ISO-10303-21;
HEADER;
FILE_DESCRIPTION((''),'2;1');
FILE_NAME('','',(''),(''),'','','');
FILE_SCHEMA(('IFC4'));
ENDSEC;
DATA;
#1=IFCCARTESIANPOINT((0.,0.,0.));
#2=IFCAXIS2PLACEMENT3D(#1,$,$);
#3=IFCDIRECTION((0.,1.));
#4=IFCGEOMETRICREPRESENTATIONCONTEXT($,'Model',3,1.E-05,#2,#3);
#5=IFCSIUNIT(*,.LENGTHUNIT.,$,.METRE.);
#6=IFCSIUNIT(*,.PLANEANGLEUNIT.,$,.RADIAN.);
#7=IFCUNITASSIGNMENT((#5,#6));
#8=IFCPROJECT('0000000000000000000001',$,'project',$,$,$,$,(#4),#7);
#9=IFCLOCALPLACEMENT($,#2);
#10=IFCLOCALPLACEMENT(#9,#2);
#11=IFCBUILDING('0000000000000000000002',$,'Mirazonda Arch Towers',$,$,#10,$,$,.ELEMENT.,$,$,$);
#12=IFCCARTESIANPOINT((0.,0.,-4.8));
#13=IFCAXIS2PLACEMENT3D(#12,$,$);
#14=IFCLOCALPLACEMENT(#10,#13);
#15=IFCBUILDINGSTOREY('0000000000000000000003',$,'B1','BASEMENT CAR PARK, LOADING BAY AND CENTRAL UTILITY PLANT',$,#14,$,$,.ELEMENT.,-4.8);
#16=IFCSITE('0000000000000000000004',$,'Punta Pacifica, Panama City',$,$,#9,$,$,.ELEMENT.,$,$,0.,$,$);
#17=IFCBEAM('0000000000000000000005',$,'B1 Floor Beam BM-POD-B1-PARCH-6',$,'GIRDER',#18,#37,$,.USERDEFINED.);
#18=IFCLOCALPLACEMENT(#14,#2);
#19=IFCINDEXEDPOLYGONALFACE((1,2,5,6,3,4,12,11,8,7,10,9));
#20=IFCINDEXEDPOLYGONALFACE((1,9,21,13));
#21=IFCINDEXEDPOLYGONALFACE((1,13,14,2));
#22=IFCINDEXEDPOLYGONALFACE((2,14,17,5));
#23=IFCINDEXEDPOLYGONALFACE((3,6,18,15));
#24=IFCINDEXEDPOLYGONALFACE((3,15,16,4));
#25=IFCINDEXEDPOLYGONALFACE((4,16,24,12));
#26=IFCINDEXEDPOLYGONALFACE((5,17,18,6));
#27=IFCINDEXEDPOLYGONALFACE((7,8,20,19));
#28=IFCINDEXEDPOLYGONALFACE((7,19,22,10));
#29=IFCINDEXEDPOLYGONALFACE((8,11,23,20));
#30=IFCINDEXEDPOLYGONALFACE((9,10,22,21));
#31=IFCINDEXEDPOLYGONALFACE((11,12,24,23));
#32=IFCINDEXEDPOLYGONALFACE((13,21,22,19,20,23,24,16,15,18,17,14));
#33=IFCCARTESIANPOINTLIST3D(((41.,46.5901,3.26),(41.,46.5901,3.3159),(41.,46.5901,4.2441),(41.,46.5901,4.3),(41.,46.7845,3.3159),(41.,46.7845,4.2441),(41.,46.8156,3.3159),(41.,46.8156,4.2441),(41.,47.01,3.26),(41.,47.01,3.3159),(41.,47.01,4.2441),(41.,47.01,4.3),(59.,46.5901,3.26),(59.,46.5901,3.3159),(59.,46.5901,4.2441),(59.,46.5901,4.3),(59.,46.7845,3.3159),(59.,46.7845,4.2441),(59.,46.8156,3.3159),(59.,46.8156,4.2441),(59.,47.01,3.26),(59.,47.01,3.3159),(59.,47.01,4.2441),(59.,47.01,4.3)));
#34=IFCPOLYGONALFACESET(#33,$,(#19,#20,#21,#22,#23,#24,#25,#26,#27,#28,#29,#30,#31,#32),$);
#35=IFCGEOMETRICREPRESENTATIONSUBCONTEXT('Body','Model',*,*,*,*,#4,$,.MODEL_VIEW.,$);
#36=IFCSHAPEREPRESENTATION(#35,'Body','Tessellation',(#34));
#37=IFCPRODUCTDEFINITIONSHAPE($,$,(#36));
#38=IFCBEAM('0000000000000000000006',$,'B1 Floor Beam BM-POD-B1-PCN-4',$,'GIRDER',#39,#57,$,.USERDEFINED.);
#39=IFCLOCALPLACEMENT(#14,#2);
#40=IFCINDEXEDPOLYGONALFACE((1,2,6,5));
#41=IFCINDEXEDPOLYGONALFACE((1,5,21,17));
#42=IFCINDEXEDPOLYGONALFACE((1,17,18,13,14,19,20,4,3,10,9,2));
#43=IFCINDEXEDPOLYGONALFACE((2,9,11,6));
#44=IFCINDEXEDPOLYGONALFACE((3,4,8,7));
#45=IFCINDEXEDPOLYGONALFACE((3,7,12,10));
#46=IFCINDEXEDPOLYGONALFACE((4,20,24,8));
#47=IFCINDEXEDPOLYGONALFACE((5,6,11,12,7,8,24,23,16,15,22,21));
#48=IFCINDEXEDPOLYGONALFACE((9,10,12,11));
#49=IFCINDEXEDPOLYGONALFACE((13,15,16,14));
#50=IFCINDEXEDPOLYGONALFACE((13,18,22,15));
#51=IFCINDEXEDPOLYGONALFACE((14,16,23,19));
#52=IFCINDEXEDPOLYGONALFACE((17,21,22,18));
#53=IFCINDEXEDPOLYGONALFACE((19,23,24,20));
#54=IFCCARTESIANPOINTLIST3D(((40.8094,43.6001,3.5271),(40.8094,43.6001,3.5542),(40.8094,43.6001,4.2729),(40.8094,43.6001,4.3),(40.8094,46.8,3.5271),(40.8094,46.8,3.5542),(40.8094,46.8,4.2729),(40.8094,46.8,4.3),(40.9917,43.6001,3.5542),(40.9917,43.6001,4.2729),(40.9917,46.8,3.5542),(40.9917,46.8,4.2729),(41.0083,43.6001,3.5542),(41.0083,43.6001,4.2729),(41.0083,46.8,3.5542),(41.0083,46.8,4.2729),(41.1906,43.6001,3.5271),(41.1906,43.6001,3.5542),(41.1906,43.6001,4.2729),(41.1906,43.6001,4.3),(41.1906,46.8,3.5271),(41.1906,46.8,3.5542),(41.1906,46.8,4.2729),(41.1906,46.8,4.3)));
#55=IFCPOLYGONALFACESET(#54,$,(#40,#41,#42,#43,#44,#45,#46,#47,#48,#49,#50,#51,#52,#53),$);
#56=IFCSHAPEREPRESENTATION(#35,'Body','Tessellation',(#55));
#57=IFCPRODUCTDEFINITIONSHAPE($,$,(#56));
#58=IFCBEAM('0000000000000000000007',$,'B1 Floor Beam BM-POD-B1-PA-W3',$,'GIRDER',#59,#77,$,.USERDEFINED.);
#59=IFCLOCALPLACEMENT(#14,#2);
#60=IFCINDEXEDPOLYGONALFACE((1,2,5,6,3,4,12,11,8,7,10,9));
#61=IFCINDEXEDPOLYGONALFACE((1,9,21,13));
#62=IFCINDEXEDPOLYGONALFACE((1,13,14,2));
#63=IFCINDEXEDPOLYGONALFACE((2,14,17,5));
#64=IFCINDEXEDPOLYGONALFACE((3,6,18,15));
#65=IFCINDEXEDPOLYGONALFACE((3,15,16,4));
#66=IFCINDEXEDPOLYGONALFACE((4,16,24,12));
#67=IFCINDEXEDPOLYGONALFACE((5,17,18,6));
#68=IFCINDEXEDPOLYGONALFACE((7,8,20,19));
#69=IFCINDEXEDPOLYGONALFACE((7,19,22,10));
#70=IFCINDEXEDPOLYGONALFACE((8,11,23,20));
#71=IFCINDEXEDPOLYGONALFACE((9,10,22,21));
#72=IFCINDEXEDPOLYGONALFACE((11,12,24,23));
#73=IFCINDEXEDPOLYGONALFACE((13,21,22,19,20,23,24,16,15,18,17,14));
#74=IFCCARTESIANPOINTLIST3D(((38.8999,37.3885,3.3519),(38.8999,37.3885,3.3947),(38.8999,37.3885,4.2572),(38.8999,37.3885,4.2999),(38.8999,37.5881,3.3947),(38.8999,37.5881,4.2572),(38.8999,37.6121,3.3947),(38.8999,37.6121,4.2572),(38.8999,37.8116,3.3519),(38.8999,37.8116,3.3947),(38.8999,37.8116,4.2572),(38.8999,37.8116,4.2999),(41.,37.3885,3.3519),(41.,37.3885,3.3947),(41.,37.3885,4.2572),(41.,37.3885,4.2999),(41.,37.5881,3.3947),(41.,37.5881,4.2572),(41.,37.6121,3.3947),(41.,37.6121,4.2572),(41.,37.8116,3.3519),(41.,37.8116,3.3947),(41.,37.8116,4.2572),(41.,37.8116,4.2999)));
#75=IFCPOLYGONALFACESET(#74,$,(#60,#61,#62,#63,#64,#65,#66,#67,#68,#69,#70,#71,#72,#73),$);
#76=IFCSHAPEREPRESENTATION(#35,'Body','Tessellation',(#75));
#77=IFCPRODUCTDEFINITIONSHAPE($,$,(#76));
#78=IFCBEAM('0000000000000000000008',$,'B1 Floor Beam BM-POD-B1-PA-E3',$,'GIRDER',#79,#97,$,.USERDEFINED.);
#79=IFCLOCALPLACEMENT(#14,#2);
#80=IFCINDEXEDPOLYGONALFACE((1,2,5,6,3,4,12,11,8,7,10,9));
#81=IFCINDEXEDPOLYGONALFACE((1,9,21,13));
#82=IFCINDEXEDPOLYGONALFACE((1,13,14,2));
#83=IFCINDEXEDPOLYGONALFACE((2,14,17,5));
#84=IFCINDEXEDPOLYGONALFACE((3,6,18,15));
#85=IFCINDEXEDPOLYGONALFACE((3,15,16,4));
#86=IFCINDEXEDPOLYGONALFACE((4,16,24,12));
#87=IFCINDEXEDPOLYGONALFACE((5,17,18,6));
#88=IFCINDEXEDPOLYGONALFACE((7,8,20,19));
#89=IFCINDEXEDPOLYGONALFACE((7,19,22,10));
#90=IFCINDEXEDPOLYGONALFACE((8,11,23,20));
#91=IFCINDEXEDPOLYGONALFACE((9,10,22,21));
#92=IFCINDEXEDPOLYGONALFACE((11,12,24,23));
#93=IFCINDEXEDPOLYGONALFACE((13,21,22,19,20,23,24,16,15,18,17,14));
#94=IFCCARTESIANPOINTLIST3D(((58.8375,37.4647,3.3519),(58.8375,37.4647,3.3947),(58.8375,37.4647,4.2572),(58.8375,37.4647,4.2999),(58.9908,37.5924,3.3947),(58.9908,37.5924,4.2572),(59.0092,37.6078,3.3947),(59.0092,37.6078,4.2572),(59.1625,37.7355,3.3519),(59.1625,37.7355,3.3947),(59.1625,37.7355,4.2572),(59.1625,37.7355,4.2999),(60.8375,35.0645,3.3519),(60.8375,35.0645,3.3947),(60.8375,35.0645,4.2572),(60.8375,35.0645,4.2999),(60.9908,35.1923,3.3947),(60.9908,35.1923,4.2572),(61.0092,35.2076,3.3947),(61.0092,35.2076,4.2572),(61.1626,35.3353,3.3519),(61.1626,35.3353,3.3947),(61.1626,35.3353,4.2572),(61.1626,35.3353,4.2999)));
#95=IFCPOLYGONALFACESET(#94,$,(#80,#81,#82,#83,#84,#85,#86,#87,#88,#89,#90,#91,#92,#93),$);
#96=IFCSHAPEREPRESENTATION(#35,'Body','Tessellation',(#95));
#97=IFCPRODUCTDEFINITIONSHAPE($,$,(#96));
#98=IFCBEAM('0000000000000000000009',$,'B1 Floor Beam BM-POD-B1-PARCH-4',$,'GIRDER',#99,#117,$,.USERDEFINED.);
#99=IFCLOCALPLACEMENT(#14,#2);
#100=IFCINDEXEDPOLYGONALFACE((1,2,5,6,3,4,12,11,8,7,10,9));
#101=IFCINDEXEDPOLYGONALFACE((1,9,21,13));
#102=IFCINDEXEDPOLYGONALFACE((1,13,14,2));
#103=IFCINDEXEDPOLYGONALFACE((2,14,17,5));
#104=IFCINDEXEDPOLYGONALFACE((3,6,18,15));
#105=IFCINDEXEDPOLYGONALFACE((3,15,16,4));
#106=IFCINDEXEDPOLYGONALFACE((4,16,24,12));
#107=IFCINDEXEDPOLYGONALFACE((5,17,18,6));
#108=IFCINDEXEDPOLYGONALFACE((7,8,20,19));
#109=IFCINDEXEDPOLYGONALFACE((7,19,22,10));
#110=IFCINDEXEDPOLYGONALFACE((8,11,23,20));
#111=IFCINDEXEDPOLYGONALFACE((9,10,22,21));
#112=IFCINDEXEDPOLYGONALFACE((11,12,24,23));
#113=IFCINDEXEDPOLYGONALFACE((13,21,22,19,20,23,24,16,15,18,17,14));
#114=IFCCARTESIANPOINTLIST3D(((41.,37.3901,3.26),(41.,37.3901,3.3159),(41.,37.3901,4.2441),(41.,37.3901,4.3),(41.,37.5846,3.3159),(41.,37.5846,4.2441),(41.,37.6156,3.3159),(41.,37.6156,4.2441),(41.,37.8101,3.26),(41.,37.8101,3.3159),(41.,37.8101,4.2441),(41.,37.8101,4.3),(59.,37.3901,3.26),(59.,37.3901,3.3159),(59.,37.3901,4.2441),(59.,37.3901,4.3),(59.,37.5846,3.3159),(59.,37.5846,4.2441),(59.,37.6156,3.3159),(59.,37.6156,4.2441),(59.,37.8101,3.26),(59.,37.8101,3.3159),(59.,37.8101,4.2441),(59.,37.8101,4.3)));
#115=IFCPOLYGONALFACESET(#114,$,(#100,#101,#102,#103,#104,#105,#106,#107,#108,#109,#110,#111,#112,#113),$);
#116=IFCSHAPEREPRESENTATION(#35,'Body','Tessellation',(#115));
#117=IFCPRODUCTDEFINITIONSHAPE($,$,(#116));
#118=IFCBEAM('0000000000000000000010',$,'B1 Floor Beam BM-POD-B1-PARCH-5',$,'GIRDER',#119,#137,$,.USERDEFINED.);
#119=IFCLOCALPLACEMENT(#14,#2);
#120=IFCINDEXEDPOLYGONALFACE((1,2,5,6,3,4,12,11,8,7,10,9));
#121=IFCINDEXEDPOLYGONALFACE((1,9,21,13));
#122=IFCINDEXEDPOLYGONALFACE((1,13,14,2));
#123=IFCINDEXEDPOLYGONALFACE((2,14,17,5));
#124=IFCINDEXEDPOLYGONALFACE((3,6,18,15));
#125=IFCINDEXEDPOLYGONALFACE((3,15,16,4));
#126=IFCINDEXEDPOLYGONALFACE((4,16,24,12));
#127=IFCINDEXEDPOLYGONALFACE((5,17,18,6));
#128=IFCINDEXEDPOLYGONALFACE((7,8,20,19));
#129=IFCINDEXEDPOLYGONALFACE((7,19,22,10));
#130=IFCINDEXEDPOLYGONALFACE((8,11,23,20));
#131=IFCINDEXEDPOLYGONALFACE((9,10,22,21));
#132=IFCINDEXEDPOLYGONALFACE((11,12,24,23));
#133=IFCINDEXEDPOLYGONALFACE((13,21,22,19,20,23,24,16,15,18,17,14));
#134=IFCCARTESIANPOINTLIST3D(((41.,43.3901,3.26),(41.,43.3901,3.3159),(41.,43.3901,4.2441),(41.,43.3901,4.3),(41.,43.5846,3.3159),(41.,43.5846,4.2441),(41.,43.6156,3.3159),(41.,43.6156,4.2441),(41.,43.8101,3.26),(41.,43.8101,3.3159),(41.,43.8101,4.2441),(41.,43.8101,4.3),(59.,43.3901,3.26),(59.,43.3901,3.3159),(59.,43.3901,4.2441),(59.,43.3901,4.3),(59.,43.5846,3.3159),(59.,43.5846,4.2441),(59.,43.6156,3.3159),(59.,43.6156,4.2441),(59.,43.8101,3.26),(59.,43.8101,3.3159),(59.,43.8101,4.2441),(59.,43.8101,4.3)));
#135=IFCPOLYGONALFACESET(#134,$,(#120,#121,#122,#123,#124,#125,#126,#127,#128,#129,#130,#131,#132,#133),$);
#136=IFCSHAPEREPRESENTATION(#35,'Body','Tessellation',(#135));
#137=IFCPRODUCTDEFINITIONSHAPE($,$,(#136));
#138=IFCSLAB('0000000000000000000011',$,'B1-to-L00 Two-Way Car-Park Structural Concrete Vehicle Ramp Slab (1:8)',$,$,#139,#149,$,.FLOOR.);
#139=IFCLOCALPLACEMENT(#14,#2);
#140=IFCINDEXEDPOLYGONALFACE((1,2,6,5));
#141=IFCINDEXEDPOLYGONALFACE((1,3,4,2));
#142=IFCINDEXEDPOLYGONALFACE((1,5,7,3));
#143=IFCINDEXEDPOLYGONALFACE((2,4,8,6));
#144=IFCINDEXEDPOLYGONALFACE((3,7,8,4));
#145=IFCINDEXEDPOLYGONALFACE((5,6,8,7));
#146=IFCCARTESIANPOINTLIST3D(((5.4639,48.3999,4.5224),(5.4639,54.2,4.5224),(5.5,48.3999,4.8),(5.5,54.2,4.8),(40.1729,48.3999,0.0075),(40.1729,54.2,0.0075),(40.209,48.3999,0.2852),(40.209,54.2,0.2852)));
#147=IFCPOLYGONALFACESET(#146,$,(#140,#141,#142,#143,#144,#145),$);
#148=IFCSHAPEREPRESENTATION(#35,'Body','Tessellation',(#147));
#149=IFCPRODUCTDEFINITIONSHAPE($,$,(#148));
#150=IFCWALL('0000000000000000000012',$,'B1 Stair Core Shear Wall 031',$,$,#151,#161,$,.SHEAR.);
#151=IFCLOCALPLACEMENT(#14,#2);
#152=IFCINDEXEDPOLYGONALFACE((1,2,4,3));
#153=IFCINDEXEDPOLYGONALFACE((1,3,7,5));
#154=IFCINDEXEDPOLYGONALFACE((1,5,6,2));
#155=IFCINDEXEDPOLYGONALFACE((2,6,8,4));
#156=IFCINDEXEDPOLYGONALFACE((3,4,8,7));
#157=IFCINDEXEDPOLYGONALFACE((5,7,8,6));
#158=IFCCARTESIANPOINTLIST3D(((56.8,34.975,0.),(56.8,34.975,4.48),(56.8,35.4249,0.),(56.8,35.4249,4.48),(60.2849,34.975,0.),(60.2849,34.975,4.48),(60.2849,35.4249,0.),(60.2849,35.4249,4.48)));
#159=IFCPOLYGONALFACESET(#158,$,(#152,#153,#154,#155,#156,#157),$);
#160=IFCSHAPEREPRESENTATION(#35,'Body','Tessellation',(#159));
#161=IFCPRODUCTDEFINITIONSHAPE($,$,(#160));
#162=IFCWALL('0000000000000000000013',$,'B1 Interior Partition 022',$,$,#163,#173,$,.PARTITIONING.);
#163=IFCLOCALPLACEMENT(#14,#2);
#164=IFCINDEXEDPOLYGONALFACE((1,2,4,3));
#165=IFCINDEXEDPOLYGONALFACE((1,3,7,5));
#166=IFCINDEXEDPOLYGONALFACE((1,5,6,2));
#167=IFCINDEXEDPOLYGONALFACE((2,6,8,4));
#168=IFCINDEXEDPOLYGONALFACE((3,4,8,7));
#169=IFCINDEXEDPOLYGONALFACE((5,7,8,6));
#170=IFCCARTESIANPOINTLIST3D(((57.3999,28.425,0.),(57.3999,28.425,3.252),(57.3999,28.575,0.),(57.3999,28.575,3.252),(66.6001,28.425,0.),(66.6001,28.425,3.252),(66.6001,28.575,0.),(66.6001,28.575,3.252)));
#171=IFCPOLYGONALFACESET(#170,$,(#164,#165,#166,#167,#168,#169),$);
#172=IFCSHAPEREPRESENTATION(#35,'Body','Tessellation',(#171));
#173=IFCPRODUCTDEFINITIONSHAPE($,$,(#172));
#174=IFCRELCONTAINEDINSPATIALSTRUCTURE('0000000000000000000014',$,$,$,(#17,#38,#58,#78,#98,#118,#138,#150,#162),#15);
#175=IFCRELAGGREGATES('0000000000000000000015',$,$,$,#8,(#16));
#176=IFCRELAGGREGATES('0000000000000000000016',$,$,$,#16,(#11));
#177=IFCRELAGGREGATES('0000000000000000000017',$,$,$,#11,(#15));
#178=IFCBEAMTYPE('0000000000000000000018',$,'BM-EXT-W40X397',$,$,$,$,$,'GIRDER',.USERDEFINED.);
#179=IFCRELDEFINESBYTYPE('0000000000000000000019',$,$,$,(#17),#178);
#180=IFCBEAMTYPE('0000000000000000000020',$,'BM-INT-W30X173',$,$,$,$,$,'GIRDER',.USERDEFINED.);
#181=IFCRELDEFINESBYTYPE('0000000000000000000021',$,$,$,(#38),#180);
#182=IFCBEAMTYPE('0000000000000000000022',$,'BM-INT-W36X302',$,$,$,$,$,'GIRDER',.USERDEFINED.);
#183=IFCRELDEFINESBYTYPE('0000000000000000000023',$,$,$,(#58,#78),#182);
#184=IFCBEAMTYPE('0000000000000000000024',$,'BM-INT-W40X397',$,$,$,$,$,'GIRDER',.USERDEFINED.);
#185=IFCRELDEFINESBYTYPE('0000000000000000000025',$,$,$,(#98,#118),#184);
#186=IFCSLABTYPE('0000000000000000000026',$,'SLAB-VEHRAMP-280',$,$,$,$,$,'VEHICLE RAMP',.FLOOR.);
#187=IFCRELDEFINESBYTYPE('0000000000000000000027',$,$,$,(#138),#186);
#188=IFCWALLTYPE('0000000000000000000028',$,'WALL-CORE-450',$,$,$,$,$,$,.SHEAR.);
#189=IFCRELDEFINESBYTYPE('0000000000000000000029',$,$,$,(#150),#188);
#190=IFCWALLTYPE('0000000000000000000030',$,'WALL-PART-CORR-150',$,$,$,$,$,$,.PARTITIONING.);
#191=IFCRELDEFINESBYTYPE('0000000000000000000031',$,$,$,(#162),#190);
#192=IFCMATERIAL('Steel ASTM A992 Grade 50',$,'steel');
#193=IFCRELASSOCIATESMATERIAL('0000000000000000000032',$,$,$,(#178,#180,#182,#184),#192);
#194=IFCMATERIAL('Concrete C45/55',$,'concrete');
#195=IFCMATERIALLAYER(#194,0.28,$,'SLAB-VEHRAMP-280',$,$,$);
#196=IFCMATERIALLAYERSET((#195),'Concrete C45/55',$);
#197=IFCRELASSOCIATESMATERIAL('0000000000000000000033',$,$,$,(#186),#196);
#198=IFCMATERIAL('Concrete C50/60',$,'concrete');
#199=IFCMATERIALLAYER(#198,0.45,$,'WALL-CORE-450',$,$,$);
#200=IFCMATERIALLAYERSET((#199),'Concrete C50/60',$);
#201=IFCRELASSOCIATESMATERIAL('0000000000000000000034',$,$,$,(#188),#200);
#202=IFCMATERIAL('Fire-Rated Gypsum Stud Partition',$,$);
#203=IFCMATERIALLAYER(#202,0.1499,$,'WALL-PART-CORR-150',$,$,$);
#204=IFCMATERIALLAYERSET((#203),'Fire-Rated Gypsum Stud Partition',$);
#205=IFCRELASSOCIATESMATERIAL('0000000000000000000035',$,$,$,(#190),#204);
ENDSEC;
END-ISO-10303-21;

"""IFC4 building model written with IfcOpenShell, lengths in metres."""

from ifc_helpers import new_model, si_unit, direction, frame, frame_2d, origin, origin_2d, place, context, subcontext, project, spatial, polyline, rectangle, i_section, outline, extrude, material, layer, layer_set, material_profile, profile_set, type_object, element, save


model = new_model("IFC4")

# Units and contexts
model_context = context("Model", 3, precision=1e-05, world=origin(), true_north=direction((0.0, 1.0)))
body_context = subcontext(model_context, "Body", "Model", "MODEL_VIEW")
ifc_project = project(units=[si_unit("LENGTHUNIT", "METRE"), si_unit("PLANEANGLEUNIT", "RADIAN")], contexts=[model_context])

# Site, building, storey
site_placement = place(None, origin())
site = spatial("IfcSite", under=ifc_project, at=site_placement, Name="Punta Pacifica, Panama City", CompositionType="ELEMENT", RefElevation=0.0)
building_placement = place(site_placement, origin())
building = spatial("IfcBuilding", under=site, at=building_placement, Name="Mirazonda Arch Towers", CompositionType="ELEMENT")
storey_placement = place(building_placement, frame((0.0, 0.0, -4.8)))
storey = spatial("IfcBuildingStorey", under=building, at=storey_placement, Name="B1", Description="BASEMENT CAR PARK, LOADING BAY AND CENTRAL UTILITY PLANT", CompositionType="ELEMENT", Elevation=-4.8)

# Shared definitions
ifc_material_1 = material(Name="Concrete C50/60", Category="concrete")

# Beams
ifc_material_2 = material(Name="Steel ASTM A992 Grade 50", Category="steel")
ifc_material_profile_1 = material_profile(ifc_material_2, i_section(OverallWidth=0.4199, OverallDepth=1.04, WebThickness=0.031, FlangeThickness=0.0559, at=origin_2d()), Name="W40X397")
ifc_profile_set_1 = profile_set([ifc_material_profile_1], Name="Steel ASTM A992 Grade 50")
beam_type_1 = type_object("IfcBeamType", Name="BM-EXT-W40X397", ElementType="GIRDER", PredefinedType="USERDEFINED", material=ifc_profile_set_1)
beam_1_placement = place(storey_placement, frame((41.0, 46.8, 3.78), z_axis=(1.0, 0.0, 0.0), x_axis=(0.0, 1.0, 0.0)))
element("IfcBeam", 1, at=beam_1_placement, inside=storey, type_object=beam_type_1, Name="B1 Floor Beam BM-POD-B1-PARCH-6", ObjectType="GIRDER", PredefinedType="USERDEFINED", context=body_context, shape_type="SweptSolid", body=[
    extrude(i_section(OverallWidth=0.4199, OverallDepth=1.04, WebThickness=0.031, FlangeThickness=0.0559, at=origin_2d()), origin(), (0.0, 0.0, 1.0), 18.0),
])
ifc_material_profile_2 = material_profile(ifc_material_2, i_section(OverallWidth=0.3811, OverallDepth=0.7729, WebThickness=0.0166, FlangeThickness=0.0271, at=origin_2d()), Name="W30X173")
ifc_profile_set_2 = profile_set([ifc_material_profile_2], Name="Steel ASTM A992 Grade 50")
beam_type_2 = type_object("IfcBeamType", Name="BM-INT-W30X173", ElementType="GIRDER", PredefinedType="USERDEFINED", material=ifc_profile_set_2)
beam_2_placement = place(storey_placement, frame((41.0, 43.6001, 3.9136), z_axis=(0.0, 1.0, 0.0), x_axis=(-1.0, 0.0, 0.0)))
element("IfcBeam", 2, at=beam_2_placement, inside=storey, type_object=beam_type_2, Name="B1 Floor Beam BM-POD-B1-PCN-4", ObjectType="GIRDER", PredefinedType="USERDEFINED", context=body_context, shape_type="SweptSolid", body=[
    extrude(i_section(OverallWidth=0.3811, OverallDepth=0.7729, WebThickness=0.0166, FlangeThickness=0.0271, at=origin_2d()), origin(), (0.0, 0.0, 1.0), 3.2),
])
ifc_material_profile_3 = material_profile(ifc_material_2, i_section(OverallWidth=0.4231, OverallDepth=0.948, WebThickness=0.0239, FlangeThickness=0.0427, at=origin_2d()), Name="W36X302")
ifc_profile_set_3 = profile_set([ifc_material_profile_3], Name="Steel ASTM A992 Grade 50")
beam_type_3 = type_object("IfcBeamType", Name="BM-INT-W36X302", ElementType="GIRDER", PredefinedType="USERDEFINED", material=ifc_profile_set_3)
beam_3_placement = place(storey_placement, frame((38.8999, 37.6001, 3.8259), z_axis=(1.0, 0.0, 0.0), x_axis=(0.0, 1.0, 0.0)))
element("IfcBeam", 3, at=beam_3_placement, inside=storey, type_object=beam_type_3, Name="B1 Floor Beam BM-POD-B1-PA-W3", ObjectType="GIRDER", PredefinedType="USERDEFINED", context=body_context, shape_type="SweptSolid", body=[
    extrude(i_section(OverallWidth=0.4231, OverallDepth=0.948, WebThickness=0.0239, FlangeThickness=0.0427, at=origin_2d()), origin(), (0.0, 0.0, 1.0), 2.1001),
])
beam_4_placement = place(storey_placement, frame((59.0, 37.6001, 3.8259), z_axis=(0.640161, -0.76824, 0.0), x_axis=(0.76824, 0.640161, 0.0)))
element("IfcBeam", 4, at=beam_4_placement, inside=storey, type_object=beam_type_3, Name="B1 Floor Beam BM-POD-B1-PA-E3", ObjectType="GIRDER", PredefinedType="USERDEFINED", context=body_context, shape_type="SweptSolid", body=[
    extrude(i_section(OverallWidth=0.4231, OverallDepth=0.948, WebThickness=0.0239, FlangeThickness=0.0427, at=origin_2d()), origin(), (0.0, 0.0, 1.0), 3.1243),
])
ifc_material_profile_4 = material_profile(ifc_material_2, i_section(OverallWidth=0.4199, OverallDepth=1.04, WebThickness=0.031, FlangeThickness=0.0559, at=origin_2d()), Name="W40X397")
ifc_profile_set_4 = profile_set([ifc_material_profile_4], Name="Steel ASTM A992 Grade 50")
beam_type_4 = type_object("IfcBeamType", Name="BM-INT-W40X397", ElementType="GIRDER", PredefinedType="USERDEFINED", material=ifc_profile_set_4)
for number, where, z_axis, x_axis, name in (
    (5, (41.0, 37.6001, 3.78), (1.0, 0.0, 0.0), (0.0, 1.0, 0.0), "B1 Floor Beam BM-POD-B1-PARCH-4"),
    (6, (41.0, 43.6001, 3.78), (1.0, 0.0, 0.0), (0.0, 1.0, 0.0), "B1 Floor Beam BM-POD-B1-PARCH-5"),
):
    element("IfcBeam", number, at=place(storey_placement, frame(where, z_axis=z_axis, x_axis=x_axis)), inside=storey, type_object=beam_type_4, Name=name, ObjectType="GIRDER", PredefinedType="USERDEFINED", context=body_context, shape_type="SweptSolid", body=[
        extrude(i_section(OverallWidth=0.4199, OverallDepth=1.04, WebThickness=0.031, FlangeThickness=0.0559, at=origin_2d()), origin(), (0.0, 0.0, 1.0), 18.0),
    ])

# Slab
ifc_material_3 = material(Name="Concrete C45/55", Category="concrete")
ifc_layer_1 = layer(ifc_material_3, 0.28, Name="SLAB-VEHRAMP-280")
ifc_layer_set_1 = layer_set([ifc_layer_1], Name="Concrete C45/55")
slab_type = type_object("IfcSlabType", Name="SLAB-VEHRAMP-280", ElementType="VEHICLE RAMP", PredefinedType="FLOOR", material=ifc_layer_set_1)
slab_placement = place(storey_placement, frame((40.209, 48.3999, 0.2852), z_axis=(0.128992, 0.0, 0.991646), x_axis=(-0.991646, 0.0, 0.128992)))
element("IfcSlab", 7, at=slab_placement, inside=storey, type_object=slab_type, Name="B1-to-L00 Two-Way Car-Park Structural Concrete Vehicle Ramp Slab (1:8)", PredefinedType="FLOOR", context=body_context, shape_type="SweptSolid", body=[
    extrude(outline(polyline([(0.0, 0.0), (35.0014, 0.0), (35.0014, -5.8), (0.0, -5.8), (0.0, 0.0)])), origin(), (0.0, 0.0, -1.0), 0.28),
])

# Walls
ifc_layer_2 = layer(ifc_material_1, 0.45, Name="WALL-CORE-450")
ifc_layer_set_2 = layer_set([ifc_layer_2], Name="Concrete C50/60")
wall_type_1 = type_object("IfcWallType", Name="WALL-CORE-450", PredefinedType="SHEAR", material=ifc_layer_set_2)
wall_1_placement = place(storey_placement, frame((56.8, 35.2, 0.0), z_axis=(0.0, 0.0, 1.0), x_axis=(1.0, 0.0, 0.0)))
element("IfcWall", 8, at=wall_1_placement, inside=storey, type_object=wall_type_1, Name="B1 Stair Core Shear Wall 031", PredefinedType="SHEAR", context=body_context, shape_type="SweptSolid", body=[
    extrude(rectangle(XDim=3.4849, YDim=0.45, at=frame_2d((1.7424, 0.0))), origin(), (0.0, 0.0, 1.0), 4.48),
])
ifc_material_4 = material(Name="Fire-Rated Gypsum Stud Partition")
ifc_layer_3 = layer(ifc_material_4, 0.1499, Name="WALL-PART-CORR-150")
ifc_layer_set_3 = layer_set([ifc_layer_3], Name="Fire-Rated Gypsum Stud Partition")
wall_type_2 = type_object("IfcWallType", Name="WALL-PART-CORR-150", PredefinedType="PARTITIONING", material=ifc_layer_set_3)
wall_2_placement = place(storey_placement, frame((57.3999, 28.5, 0.0), z_axis=(0.0, 0.0, 1.0), x_axis=(1.0, 0.0, 0.0)))
element("IfcWall", 9, at=wall_2_placement, inside=storey, type_object=wall_type_2, Name="B1 Interior Partition 022", PredefinedType="PARTITIONING", context=body_context, shape_type="SweptSolid", body=[
    extrude(rectangle(XDim=9.2002, YDim=0.1499, at=frame_2d((4.6001, 0.0))), origin(), (0.0, 0.0, 1.0), 3.252),
])

save(model, "model.ifc")
